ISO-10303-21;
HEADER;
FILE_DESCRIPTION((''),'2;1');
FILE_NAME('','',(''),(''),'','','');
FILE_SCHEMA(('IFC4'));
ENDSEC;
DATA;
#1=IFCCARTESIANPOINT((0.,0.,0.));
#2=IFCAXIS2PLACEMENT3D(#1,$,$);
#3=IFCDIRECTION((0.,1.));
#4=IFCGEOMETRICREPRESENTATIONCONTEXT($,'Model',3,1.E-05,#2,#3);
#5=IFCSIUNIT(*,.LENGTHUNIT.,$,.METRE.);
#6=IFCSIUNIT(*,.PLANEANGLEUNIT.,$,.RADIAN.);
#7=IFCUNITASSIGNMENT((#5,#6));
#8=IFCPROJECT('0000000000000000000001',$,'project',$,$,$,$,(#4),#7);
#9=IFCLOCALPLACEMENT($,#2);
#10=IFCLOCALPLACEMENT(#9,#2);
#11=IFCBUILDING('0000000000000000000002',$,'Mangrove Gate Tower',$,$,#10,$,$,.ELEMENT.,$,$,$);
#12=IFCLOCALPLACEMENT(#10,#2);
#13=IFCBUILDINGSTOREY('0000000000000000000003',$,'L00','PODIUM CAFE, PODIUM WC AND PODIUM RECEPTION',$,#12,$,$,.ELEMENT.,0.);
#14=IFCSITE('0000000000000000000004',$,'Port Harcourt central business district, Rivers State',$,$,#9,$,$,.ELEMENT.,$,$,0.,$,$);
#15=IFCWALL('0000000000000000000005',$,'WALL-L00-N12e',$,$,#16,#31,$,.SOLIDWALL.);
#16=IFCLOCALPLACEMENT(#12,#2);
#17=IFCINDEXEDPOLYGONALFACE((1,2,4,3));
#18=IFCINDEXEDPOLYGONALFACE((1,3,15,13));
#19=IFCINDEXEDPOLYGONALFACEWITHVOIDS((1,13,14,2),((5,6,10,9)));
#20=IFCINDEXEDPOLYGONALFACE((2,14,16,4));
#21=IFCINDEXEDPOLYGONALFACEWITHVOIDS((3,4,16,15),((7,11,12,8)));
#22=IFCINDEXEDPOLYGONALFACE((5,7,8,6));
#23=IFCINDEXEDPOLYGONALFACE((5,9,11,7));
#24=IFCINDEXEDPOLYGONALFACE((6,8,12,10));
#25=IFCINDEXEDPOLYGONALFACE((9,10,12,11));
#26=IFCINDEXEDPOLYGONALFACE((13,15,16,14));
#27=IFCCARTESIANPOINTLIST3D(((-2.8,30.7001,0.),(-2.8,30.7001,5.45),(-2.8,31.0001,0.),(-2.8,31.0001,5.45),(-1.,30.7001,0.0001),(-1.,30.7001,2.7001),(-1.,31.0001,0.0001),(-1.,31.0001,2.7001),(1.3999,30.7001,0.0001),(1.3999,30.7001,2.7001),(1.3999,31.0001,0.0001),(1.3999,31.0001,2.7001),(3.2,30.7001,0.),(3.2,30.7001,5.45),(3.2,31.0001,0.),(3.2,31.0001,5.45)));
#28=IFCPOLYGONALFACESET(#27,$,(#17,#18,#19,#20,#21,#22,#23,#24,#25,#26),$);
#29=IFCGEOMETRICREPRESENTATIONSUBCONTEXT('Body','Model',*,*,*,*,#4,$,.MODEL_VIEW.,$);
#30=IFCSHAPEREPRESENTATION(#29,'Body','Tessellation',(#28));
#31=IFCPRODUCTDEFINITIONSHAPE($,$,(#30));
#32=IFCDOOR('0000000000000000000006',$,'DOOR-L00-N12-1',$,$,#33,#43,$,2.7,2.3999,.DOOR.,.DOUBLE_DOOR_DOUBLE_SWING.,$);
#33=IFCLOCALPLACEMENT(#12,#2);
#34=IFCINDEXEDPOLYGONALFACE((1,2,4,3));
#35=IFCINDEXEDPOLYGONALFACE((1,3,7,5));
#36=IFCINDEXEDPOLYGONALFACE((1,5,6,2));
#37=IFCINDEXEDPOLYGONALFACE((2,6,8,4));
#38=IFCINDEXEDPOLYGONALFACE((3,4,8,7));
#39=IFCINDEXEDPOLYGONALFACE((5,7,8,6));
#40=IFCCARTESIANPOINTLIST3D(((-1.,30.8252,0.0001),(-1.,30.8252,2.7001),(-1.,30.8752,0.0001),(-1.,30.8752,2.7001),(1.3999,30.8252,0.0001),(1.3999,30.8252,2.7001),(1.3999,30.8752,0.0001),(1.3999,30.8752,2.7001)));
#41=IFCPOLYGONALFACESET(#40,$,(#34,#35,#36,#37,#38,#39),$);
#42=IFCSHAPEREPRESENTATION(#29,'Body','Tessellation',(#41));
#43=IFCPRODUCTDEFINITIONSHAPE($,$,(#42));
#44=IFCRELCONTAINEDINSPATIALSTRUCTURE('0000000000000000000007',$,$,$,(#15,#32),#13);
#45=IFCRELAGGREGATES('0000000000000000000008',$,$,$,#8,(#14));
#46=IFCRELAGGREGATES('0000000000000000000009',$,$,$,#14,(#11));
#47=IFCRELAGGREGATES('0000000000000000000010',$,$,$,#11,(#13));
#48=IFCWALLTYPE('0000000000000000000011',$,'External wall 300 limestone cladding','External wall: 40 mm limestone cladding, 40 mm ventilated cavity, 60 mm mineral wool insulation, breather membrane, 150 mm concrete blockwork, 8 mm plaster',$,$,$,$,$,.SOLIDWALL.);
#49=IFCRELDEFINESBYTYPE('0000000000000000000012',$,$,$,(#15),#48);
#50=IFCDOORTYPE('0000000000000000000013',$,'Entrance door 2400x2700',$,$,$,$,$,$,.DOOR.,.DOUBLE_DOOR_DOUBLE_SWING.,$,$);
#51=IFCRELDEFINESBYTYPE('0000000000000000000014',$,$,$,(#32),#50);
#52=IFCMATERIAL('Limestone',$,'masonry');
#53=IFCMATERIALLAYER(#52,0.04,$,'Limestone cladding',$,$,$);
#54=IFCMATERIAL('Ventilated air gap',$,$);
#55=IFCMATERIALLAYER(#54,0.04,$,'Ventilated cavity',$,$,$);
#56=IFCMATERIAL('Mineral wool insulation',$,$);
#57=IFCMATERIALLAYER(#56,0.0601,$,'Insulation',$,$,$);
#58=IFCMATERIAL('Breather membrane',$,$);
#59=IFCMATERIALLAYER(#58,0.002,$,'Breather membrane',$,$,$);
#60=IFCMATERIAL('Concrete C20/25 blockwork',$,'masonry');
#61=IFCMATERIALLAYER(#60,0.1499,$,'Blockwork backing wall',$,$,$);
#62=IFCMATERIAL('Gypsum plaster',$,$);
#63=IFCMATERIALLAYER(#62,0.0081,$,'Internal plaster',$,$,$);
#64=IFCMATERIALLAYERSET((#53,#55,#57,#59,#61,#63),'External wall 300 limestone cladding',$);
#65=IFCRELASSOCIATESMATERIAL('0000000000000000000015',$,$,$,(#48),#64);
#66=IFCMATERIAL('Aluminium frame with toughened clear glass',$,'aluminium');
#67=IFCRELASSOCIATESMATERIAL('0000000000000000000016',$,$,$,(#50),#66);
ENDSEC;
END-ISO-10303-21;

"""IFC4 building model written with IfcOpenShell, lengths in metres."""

from ifc_helpers import new_model, si_unit, direction, frame, frame_2d, origin, place, context, subcontext, project, spatial, rectangle, extrude, material, layer, layer_set, type_object, element, fill, save


model = new_model("IFC4")

# Units and contexts
model_context = context("Model", 3, precision=1e-05, world=origin(), true_north=direction((0.0, 1.0)))
body_context = subcontext(model_context, "Body", "Model", "MODEL_VIEW")
ifc_project = project(units=[si_unit("LENGTHUNIT", "METRE"), si_unit("PLANEANGLEUNIT", "RADIAN")], contexts=[model_context])

# Site, building, storey
site_placement = place(None, origin())
site = spatial("IfcSite", under=ifc_project, at=site_placement, Name="Port Harcourt central business district, Rivers State", CompositionType="ELEMENT", RefElevation=0.0)
building_placement = place(site_placement, origin())
building = spatial("IfcBuilding", under=site, at=building_placement, Name="Mangrove Gate Tower", CompositionType="ELEMENT")
storey_placement = place(building_placement, origin())
storey = spatial("IfcBuildingStorey", under=building, at=storey_placement, Name="L00", Description="PODIUM CAFE, PODIUM WC AND PODIUM RECEPTION", CompositionType="ELEMENT", Elevation=0.0)

# Wall, opening, door
ifc_material_1 = material(Name="Limestone", Category="masonry")
ifc_layer_1 = layer(ifc_material_1, 0.04, Name="Limestone cladding")
ifc_material_2 = material(Name="Ventilated air gap")
ifc_layer_2 = layer(ifc_material_2, 0.04, Name="Ventilated cavity")
ifc_material_3 = material(Name="Mineral wool insulation")
ifc_layer_3 = layer(ifc_material_3, 0.0601, Name="Insulation")
ifc_material_4 = material(Name="Breather membrane")
ifc_layer_4 = layer(ifc_material_4, 0.002, Name="Breather membrane")
ifc_material_5 = material(Name="Concrete C20/25 blockwork", Category="masonry")
ifc_layer_5 = layer(ifc_material_5, 0.1499, Name="Blockwork backing wall")
ifc_material_6 = material(Name="Gypsum plaster")
ifc_layer_6 = layer(ifc_material_6, 0.0081, Name="Internal plaster")
ifc_layer_set_1 = layer_set([ifc_layer_1, ifc_layer_2, ifc_layer_3, ifc_layer_4, ifc_layer_5, ifc_layer_6], Name="External wall 300 limestone cladding")
wall_type = type_object("IfcWallType", Name="External wall 300 limestone cladding", Description="External wall: 40 mm limestone cladding, 40 mm ventilated cavity, 60 mm mineral wool insulation, breather membrane, 150 mm concrete blockwork, 8 mm plaster", PredefinedType="SOLIDWALL", material=ifc_layer_set_1)
wall_placement = place(storey_placement, frame((3.2, 30.8501, 0.0), z_axis=(0.0, 0.0, 1.0), x_axis=(-1.0, 0.0, 0.0)))
wall = element("IfcWall", 1, at=wall_placement, inside=storey, type_object=wall_type, Name="WALL-L00-N12e", PredefinedType="SOLIDWALL", context=body_context, shape_type="SweptSolid", body=[
    extrude(rectangle(XDim=6.0, YDim=0.3, at=frame_2d((3.0, 0.0))), origin(), (0.0, 0.0, 1.0), 5.45),
])
opening_placement = place(wall_placement, frame((1.8, 0.0, 0.0)))
opening = element("IfcOpeningElement", 2, at=opening_placement, cuts=wall, PredefinedType="OPENING", context=body_context, shape_type="SweptSolid", body=[
    extrude(rectangle(XDim=2.3999, YDim=2.7, at=frame_2d((1.2, 1.3501))), frame((0.0, 0.1599, 0.0), z_axis=(0.0, -1.0, 0.0), x_axis=(1.0, 0.0, 0.0)), (0.0, 0.0, 1.0), 0.3201),
])
ifc_material_7 = material(Name="Aluminium frame with toughened clear glass", Category="aluminium")
door_type = type_object("IfcDoorType", Name="Entrance door 2400x2700", OperationType="DOUBLE_DOOR_DOUBLE_SWING", PredefinedType="DOOR", material=ifc_material_7)
door_placement = place(opening_placement, origin())
door = element("IfcDoor", 3, at=door_placement, inside=storey, type_object=door_type, Name="DOOR-L00-N12-1", OperationType="DOUBLE_DOOR_DOUBLE_SWING", OverallHeight=2.7, OverallWidth=2.3999, PredefinedType="DOOR", context=body_context, shape_type="SweptSolid", body=[
    extrude(rectangle(XDim=2.3999, YDim=2.7, at=frame_2d((1.2, 1.3501))), frame((0.0, 0.0249, 0.0), z_axis=(0.0, -1.0, 0.0), x_axis=(1.0, 0.0, 0.0)), (0.0, 0.0, 1.0), 0.05),
])
fill(opening, door)

save(model, "model.ifc")
